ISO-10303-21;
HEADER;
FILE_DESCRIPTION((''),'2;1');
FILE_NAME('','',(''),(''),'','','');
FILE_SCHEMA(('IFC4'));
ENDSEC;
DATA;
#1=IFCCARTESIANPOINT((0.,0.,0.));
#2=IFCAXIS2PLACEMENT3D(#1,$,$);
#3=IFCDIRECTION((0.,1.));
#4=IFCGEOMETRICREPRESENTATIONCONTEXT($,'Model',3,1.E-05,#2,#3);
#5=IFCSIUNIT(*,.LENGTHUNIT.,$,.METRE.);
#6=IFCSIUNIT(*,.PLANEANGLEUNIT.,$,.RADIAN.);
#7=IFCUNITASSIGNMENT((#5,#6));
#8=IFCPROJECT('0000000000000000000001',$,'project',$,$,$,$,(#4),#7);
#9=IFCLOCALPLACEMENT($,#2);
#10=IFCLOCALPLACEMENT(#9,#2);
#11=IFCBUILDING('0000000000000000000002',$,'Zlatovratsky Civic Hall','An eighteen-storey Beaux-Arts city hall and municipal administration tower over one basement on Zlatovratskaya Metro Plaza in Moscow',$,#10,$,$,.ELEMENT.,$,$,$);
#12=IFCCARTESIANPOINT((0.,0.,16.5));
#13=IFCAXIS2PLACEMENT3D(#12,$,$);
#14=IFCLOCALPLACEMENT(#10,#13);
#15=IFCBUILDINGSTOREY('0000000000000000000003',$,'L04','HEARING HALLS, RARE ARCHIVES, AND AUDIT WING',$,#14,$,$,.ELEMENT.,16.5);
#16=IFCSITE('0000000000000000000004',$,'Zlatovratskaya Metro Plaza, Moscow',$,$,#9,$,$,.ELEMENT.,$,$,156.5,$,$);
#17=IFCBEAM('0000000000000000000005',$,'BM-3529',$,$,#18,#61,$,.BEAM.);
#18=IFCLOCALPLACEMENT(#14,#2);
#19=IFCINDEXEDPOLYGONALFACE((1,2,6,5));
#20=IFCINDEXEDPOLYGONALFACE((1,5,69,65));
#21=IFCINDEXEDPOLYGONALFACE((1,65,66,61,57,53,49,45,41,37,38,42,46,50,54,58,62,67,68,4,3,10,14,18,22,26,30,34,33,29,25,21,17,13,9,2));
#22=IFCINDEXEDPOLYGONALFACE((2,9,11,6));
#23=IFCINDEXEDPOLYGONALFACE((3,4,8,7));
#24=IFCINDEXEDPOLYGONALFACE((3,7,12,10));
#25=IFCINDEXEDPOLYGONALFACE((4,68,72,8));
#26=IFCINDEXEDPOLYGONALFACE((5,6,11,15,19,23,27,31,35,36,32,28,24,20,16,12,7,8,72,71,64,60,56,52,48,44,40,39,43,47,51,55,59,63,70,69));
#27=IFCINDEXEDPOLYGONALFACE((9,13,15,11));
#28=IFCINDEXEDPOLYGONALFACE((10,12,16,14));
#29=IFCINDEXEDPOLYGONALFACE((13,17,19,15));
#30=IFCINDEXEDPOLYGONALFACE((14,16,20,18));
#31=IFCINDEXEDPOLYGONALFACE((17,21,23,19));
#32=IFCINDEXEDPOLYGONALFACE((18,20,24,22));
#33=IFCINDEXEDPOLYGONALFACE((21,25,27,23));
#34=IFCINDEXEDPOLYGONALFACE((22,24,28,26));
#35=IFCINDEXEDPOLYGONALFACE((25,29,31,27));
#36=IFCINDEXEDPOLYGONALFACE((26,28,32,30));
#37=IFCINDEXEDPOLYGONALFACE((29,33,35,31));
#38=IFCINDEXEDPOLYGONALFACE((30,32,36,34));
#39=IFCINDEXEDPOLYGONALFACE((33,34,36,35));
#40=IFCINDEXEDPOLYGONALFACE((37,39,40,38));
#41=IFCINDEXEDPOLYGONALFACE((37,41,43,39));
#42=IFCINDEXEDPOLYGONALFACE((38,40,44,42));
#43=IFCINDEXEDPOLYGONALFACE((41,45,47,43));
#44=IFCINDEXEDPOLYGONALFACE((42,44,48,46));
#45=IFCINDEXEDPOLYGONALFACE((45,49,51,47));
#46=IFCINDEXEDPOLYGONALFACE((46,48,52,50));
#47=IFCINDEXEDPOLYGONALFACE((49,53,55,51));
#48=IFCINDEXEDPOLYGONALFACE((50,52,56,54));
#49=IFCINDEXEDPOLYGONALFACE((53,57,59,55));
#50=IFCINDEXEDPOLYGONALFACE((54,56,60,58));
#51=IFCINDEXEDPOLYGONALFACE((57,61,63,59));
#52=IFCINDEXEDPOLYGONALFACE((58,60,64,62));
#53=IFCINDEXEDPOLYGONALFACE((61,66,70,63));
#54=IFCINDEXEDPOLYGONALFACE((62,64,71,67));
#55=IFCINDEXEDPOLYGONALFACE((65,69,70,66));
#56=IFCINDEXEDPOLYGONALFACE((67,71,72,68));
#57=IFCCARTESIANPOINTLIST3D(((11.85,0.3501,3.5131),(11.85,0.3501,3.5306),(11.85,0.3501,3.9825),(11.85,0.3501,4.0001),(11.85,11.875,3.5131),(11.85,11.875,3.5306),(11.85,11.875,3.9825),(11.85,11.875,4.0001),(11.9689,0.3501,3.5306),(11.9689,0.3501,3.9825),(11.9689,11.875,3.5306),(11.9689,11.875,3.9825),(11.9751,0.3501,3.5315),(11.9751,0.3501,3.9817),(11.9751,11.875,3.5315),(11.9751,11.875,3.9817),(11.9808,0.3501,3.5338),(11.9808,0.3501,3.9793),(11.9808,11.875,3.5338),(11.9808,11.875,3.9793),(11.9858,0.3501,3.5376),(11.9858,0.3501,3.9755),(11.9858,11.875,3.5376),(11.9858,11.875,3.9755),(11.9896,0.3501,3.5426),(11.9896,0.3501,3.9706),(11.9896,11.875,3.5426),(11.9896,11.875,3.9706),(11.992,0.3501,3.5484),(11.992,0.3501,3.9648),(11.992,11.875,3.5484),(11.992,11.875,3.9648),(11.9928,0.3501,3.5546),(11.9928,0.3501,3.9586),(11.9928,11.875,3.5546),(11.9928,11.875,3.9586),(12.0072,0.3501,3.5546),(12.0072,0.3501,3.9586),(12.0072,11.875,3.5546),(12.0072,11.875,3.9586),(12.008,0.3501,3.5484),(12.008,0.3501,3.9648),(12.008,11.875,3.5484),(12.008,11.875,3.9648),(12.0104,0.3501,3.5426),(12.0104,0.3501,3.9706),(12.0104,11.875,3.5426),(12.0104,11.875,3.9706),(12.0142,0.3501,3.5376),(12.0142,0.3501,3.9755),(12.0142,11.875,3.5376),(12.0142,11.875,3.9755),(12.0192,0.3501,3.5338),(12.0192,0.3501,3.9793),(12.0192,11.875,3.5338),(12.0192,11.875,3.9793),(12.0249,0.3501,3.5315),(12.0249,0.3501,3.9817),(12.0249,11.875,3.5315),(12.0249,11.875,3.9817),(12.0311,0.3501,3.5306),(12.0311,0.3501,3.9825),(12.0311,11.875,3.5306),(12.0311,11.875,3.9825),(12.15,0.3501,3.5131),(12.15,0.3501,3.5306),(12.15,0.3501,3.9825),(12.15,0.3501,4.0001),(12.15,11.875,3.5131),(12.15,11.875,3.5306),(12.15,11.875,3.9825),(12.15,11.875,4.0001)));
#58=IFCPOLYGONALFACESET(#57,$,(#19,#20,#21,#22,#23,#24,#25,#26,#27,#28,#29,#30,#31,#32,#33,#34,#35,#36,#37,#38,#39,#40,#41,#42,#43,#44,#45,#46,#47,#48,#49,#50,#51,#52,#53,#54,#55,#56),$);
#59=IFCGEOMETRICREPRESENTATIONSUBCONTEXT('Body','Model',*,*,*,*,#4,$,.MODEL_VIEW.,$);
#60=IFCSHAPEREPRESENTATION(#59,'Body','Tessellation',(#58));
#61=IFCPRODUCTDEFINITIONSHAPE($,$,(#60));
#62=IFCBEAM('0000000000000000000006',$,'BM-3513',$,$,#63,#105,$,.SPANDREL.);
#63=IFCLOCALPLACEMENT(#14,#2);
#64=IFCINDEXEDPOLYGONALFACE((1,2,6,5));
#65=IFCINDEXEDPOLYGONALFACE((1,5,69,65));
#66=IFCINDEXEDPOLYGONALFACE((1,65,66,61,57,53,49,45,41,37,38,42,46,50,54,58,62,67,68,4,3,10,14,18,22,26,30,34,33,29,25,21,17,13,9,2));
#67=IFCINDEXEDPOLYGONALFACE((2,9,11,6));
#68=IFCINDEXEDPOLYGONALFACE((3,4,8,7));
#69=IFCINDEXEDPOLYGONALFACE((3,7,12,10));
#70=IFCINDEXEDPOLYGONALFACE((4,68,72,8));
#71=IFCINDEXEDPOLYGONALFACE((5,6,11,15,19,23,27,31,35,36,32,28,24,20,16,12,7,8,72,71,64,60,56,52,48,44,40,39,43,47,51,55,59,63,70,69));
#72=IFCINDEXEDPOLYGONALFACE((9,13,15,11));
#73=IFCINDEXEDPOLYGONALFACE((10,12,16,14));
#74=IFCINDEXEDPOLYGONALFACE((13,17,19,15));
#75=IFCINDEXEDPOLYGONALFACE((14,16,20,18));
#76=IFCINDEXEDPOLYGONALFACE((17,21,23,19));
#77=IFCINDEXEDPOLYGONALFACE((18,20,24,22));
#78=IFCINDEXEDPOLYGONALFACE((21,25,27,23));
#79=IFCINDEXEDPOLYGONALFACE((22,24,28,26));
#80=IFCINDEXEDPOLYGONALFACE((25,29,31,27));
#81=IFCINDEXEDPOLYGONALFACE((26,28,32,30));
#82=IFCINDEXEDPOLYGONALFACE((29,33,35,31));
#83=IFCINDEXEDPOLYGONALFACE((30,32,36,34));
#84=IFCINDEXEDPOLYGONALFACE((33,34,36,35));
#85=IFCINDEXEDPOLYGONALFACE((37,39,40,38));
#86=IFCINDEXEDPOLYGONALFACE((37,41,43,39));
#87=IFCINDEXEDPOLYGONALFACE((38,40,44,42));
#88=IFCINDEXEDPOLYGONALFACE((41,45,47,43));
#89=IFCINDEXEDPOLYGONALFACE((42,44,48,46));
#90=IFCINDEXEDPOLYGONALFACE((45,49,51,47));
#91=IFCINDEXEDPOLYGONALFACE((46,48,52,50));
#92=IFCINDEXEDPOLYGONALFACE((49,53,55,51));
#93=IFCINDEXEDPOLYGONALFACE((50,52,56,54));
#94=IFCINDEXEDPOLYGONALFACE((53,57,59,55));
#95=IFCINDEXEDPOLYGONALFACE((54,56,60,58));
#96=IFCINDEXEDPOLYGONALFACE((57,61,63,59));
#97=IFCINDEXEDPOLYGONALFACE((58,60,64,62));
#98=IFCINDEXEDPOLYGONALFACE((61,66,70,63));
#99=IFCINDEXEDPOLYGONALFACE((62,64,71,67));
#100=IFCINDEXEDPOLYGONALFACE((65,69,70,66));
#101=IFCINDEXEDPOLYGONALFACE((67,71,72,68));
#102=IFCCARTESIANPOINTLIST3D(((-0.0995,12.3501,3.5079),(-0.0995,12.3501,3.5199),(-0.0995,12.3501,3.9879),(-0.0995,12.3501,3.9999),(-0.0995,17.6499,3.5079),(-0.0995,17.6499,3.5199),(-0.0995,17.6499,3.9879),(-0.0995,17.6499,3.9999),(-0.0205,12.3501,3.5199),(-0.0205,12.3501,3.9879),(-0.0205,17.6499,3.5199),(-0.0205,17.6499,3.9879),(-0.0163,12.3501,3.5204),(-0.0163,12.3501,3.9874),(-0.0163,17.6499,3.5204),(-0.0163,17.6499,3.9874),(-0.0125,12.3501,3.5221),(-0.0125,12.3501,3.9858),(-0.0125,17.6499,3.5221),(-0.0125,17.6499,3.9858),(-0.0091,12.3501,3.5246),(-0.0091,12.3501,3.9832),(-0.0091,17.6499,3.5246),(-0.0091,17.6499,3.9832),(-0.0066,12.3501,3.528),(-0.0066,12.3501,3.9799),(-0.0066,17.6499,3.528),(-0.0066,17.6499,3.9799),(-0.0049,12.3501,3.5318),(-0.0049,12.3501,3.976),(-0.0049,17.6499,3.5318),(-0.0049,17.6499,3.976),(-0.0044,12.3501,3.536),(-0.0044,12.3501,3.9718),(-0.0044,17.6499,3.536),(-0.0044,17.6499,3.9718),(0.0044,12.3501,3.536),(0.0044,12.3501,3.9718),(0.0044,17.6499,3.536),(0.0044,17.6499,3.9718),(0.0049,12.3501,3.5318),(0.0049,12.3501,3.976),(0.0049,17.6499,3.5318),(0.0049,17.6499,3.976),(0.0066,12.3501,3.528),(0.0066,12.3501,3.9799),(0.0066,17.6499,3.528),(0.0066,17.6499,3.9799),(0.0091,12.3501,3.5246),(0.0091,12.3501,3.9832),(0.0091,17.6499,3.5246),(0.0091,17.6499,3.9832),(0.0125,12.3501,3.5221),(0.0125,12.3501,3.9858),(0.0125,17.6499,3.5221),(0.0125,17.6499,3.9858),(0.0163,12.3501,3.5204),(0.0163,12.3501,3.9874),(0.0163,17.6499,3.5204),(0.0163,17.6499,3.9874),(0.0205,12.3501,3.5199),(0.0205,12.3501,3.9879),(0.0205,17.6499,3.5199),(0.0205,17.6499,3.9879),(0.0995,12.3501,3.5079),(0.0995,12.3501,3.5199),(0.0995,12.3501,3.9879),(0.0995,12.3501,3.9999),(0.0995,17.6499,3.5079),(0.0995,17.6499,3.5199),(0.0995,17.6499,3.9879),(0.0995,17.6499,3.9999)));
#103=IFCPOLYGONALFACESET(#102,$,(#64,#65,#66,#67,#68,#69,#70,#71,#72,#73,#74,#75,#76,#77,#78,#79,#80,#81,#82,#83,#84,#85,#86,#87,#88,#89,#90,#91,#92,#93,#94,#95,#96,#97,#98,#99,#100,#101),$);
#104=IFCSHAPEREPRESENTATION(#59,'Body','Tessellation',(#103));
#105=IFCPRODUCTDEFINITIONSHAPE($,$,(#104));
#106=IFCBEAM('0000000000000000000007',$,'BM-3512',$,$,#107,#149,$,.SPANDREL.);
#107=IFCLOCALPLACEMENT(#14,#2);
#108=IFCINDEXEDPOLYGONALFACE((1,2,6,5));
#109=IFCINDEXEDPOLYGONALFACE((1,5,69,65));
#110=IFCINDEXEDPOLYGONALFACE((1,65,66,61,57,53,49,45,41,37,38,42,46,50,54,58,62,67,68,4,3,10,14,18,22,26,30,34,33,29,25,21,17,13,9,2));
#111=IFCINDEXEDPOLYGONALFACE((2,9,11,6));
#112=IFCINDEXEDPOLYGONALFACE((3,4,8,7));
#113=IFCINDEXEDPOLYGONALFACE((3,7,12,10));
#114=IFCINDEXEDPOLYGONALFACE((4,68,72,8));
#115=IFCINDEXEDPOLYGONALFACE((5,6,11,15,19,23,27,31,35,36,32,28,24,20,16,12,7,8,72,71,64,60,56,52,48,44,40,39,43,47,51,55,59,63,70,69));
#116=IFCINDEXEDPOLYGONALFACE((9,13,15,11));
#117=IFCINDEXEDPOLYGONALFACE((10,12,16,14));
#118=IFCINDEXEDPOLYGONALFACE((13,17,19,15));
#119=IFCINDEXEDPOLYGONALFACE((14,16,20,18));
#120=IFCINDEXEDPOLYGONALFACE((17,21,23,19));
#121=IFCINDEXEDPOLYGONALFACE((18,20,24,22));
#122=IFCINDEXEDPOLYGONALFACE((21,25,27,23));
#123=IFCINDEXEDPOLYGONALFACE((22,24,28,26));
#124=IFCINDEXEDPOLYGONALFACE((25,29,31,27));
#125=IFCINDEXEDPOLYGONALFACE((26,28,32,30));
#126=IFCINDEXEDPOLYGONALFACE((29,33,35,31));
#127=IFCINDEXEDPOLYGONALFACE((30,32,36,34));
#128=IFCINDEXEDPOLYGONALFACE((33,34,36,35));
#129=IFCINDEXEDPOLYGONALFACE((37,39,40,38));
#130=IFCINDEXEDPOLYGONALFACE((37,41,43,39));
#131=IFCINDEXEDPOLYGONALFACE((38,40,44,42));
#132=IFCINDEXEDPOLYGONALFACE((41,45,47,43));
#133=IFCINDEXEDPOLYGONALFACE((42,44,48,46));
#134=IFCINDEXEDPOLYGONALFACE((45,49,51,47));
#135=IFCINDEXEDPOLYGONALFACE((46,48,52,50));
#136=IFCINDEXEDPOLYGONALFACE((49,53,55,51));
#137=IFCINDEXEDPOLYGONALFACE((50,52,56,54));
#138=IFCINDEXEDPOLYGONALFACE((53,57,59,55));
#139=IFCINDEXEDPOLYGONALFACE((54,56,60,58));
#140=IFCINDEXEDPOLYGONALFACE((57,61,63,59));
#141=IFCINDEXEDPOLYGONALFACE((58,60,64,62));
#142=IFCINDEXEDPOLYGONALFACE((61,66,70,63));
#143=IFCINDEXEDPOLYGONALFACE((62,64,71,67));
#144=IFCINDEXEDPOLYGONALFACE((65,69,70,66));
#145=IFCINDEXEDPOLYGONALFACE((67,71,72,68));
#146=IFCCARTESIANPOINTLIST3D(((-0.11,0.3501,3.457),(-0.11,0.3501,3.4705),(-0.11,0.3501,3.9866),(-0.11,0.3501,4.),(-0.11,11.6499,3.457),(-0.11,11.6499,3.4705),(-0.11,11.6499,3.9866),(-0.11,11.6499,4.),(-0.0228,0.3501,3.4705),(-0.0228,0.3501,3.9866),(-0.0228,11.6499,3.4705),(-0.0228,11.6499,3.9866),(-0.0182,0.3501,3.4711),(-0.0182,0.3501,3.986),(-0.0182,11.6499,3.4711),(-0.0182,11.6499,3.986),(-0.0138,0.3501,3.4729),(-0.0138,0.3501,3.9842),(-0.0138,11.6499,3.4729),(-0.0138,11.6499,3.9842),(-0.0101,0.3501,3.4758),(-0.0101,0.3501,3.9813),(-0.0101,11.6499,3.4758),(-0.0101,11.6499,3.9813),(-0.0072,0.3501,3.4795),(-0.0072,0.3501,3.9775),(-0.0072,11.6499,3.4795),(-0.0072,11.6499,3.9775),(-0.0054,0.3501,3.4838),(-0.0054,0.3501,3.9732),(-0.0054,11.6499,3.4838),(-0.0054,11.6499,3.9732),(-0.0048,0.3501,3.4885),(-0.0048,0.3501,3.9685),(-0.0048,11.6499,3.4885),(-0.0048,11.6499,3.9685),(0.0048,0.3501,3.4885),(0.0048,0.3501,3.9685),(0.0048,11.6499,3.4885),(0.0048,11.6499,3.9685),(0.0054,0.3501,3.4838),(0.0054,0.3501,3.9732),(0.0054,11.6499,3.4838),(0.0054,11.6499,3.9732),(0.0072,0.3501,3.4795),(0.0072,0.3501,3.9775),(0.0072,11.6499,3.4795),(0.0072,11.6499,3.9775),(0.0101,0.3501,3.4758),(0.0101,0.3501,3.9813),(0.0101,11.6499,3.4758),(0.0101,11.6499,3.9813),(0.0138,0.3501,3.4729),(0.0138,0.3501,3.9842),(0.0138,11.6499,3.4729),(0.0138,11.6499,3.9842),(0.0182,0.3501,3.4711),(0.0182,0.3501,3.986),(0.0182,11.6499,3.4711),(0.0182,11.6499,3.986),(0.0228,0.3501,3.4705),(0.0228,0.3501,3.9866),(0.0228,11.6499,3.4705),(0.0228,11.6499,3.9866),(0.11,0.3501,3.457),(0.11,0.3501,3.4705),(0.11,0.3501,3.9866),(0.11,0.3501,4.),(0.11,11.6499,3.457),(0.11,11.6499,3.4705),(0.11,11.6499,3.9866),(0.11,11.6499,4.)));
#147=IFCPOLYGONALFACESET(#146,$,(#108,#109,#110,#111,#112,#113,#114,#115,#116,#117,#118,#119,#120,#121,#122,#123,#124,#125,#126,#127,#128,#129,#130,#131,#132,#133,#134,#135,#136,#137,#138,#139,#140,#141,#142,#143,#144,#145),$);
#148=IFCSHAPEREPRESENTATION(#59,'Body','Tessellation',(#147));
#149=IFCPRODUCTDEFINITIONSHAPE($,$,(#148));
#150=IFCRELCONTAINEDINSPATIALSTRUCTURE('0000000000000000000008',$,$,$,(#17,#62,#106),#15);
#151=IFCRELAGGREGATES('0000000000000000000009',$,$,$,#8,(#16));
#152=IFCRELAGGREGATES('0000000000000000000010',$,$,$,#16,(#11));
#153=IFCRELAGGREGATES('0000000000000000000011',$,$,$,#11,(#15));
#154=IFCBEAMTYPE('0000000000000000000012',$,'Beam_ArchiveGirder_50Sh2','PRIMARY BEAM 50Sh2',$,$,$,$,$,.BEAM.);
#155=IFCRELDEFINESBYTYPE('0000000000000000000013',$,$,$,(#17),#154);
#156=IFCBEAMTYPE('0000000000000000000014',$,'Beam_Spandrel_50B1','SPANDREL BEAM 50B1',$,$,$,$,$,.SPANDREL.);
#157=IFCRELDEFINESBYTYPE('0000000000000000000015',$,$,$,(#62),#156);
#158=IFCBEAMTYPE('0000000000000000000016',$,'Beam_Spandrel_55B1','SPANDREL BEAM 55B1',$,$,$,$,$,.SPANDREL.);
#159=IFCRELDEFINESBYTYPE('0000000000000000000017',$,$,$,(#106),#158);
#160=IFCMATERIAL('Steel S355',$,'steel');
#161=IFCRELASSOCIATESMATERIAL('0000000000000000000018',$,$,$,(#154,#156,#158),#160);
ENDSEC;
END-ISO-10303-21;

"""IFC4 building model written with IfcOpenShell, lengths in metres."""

from ifc_helpers import new_model, si_unit, direction, frame, origin, origin_2d, place, context, subcontext, project, spatial, i_section, extrude, material, material_profile, profile_set, type_object, element, save


model = new_model("IFC4")

# Units and contexts
model_context = context("Model", 3, precision=1e-05, world=origin(), true_north=direction((0.0, 1.0)))
body_context = subcontext(model_context, "Body", "Model", "MODEL_VIEW")
ifc_project = project(units=[si_unit("LENGTHUNIT", "METRE"), si_unit("PLANEANGLEUNIT", "RADIAN")], contexts=[model_context])

# Site, building, storey
site_placement = place(None, origin())
site = spatial("IfcSite", under=ifc_project, at=site_placement, Name="Zlatovratskaya Metro Plaza, Moscow", CompositionType="ELEMENT", RefElevation=156.5)
building_placement = place(site_placement, origin())
building = spatial("IfcBuilding", under=site, at=building_placement, Name="Zlatovratsky Civic Hall", Description="An eighteen-storey Beaux-Arts city hall and municipal administration tower over one basement on Zlatovratskaya Metro Plaza in Moscow", CompositionType="ELEMENT")
storey_placement = place(building_placement, frame((0.0, 0.0, 16.5)))
storey = spatial("IfcBuildingStorey", under=building, at=storey_placement, Name="L04", Description="HEARING HALLS, RARE ARCHIVES, AND AUDIT WING", CompositionType="ELEMENT", Elevation=16.5)

# Shared definitions
ifc_material_1 = material(Name="Steel S355", Category="steel")

# Beams
ifc_material_profile_1 = material_profile(ifc_material_1, i_section(OverallWidth=0.3, OverallDepth=0.4871, WebThickness=0.0144, FlangeThickness=0.0176, FilletRadius=0.0239, at=origin_2d()), Name="50Sh2")
ifc_profile_set_1 = profile_set([ifc_material_profile_1], Name="Steel S355")
beam_type_1 = type_object("IfcBeamType", Name="Beam_ArchiveGirder_50Sh2", Description="PRIMARY BEAM 50Sh2", PredefinedType="BEAM", material=ifc_profile_set_1)
beam_1_placement = place(storey_placement, frame((12.0, 0.3501, 3.7566), z_axis=(0.0, 1.0, 0.0), x_axis=(-1.0, 0.0, 0.0)))
element("IfcBeam", 1, at=beam_1_placement, inside=storey, type_object=beam_type_1, Name="BM-3529", PredefinedType="BEAM", context=body_context, shape_type="SweptSolid", body=[
    extrude(i_section(OverallWidth=0.3, OverallDepth=0.4871, WebThickness=0.0144, FlangeThickness=0.0176, FilletRadius=0.0239, at=origin_2d()), origin(), (0.0, 0.0, 1.0), 11.5249),
])
ifc_material_profile_2 = material_profile(ifc_material_1, i_section(OverallWidth=0.199, OverallDepth=0.4919, WebThickness=0.0088, FlangeThickness=0.012, FilletRadius=0.0161, at=origin_2d()), Name="50B1")
ifc_profile_set_2 = profile_set([ifc_material_profile_2], Name="Steel S355")
beam_type_2 = type_object("IfcBeamType", Name="Beam_Spandrel_50B1", Description="SPANDREL BEAM 50B1", PredefinedType="SPANDREL", material=ifc_profile_set_2)
beam_2_placement = place(storey_placement, frame((0.0, 12.3501, 3.7539), z_axis=(0.0, 1.0, 0.0), x_axis=(-1.0, 0.0, 0.0)))
element("IfcBeam", 2, at=beam_2_placement, inside=storey, type_object=beam_type_2, Name="BM-3513", PredefinedType="SPANDREL", context=body_context, shape_type="SweptSolid", body=[
    extrude(i_section(OverallWidth=0.199, OverallDepth=0.4919, WebThickness=0.0088, FlangeThickness=0.012, FilletRadius=0.0161, at=origin_2d()), origin(), (0.0, 0.0, 1.0), 5.2998),
])
ifc_material_profile_3 = material_profile(ifc_material_1, i_section(OverallWidth=0.22, OverallDepth=0.543, WebThickness=0.0095, FlangeThickness=0.0134, FilletRadius=0.0181, at=origin_2d()), Name="55B1")
ifc_profile_set_3 = profile_set([ifc_material_profile_3], Name="Steel S355")
beam_type_3 = type_object("IfcBeamType", Name="Beam_Spandrel_55B1", Description="SPANDREL BEAM 55B1", PredefinedType="SPANDREL", material=ifc_profile_set_3)
beam_3_placement = place(storey_placement, frame((0.0, 0.3501, 3.7285), z_axis=(0.0, 1.0, 0.0), x_axis=(-1.0, 0.0, 0.0)))
element("IfcBeam", 3, at=beam_3_placement, inside=storey, type_object=beam_type_3, Name="BM-3512", PredefinedType="SPANDREL", context=body_context, shape_type="SweptSolid", body=[
    extrude(i_section(OverallWidth=0.22, OverallDepth=0.543, WebThickness=0.0095, FlangeThickness=0.0134, FilletRadius=0.0181, at=origin_2d()), origin(), (0.0, 0.0, 1.0), 11.2998),
])

save(model, "model.ifc")
